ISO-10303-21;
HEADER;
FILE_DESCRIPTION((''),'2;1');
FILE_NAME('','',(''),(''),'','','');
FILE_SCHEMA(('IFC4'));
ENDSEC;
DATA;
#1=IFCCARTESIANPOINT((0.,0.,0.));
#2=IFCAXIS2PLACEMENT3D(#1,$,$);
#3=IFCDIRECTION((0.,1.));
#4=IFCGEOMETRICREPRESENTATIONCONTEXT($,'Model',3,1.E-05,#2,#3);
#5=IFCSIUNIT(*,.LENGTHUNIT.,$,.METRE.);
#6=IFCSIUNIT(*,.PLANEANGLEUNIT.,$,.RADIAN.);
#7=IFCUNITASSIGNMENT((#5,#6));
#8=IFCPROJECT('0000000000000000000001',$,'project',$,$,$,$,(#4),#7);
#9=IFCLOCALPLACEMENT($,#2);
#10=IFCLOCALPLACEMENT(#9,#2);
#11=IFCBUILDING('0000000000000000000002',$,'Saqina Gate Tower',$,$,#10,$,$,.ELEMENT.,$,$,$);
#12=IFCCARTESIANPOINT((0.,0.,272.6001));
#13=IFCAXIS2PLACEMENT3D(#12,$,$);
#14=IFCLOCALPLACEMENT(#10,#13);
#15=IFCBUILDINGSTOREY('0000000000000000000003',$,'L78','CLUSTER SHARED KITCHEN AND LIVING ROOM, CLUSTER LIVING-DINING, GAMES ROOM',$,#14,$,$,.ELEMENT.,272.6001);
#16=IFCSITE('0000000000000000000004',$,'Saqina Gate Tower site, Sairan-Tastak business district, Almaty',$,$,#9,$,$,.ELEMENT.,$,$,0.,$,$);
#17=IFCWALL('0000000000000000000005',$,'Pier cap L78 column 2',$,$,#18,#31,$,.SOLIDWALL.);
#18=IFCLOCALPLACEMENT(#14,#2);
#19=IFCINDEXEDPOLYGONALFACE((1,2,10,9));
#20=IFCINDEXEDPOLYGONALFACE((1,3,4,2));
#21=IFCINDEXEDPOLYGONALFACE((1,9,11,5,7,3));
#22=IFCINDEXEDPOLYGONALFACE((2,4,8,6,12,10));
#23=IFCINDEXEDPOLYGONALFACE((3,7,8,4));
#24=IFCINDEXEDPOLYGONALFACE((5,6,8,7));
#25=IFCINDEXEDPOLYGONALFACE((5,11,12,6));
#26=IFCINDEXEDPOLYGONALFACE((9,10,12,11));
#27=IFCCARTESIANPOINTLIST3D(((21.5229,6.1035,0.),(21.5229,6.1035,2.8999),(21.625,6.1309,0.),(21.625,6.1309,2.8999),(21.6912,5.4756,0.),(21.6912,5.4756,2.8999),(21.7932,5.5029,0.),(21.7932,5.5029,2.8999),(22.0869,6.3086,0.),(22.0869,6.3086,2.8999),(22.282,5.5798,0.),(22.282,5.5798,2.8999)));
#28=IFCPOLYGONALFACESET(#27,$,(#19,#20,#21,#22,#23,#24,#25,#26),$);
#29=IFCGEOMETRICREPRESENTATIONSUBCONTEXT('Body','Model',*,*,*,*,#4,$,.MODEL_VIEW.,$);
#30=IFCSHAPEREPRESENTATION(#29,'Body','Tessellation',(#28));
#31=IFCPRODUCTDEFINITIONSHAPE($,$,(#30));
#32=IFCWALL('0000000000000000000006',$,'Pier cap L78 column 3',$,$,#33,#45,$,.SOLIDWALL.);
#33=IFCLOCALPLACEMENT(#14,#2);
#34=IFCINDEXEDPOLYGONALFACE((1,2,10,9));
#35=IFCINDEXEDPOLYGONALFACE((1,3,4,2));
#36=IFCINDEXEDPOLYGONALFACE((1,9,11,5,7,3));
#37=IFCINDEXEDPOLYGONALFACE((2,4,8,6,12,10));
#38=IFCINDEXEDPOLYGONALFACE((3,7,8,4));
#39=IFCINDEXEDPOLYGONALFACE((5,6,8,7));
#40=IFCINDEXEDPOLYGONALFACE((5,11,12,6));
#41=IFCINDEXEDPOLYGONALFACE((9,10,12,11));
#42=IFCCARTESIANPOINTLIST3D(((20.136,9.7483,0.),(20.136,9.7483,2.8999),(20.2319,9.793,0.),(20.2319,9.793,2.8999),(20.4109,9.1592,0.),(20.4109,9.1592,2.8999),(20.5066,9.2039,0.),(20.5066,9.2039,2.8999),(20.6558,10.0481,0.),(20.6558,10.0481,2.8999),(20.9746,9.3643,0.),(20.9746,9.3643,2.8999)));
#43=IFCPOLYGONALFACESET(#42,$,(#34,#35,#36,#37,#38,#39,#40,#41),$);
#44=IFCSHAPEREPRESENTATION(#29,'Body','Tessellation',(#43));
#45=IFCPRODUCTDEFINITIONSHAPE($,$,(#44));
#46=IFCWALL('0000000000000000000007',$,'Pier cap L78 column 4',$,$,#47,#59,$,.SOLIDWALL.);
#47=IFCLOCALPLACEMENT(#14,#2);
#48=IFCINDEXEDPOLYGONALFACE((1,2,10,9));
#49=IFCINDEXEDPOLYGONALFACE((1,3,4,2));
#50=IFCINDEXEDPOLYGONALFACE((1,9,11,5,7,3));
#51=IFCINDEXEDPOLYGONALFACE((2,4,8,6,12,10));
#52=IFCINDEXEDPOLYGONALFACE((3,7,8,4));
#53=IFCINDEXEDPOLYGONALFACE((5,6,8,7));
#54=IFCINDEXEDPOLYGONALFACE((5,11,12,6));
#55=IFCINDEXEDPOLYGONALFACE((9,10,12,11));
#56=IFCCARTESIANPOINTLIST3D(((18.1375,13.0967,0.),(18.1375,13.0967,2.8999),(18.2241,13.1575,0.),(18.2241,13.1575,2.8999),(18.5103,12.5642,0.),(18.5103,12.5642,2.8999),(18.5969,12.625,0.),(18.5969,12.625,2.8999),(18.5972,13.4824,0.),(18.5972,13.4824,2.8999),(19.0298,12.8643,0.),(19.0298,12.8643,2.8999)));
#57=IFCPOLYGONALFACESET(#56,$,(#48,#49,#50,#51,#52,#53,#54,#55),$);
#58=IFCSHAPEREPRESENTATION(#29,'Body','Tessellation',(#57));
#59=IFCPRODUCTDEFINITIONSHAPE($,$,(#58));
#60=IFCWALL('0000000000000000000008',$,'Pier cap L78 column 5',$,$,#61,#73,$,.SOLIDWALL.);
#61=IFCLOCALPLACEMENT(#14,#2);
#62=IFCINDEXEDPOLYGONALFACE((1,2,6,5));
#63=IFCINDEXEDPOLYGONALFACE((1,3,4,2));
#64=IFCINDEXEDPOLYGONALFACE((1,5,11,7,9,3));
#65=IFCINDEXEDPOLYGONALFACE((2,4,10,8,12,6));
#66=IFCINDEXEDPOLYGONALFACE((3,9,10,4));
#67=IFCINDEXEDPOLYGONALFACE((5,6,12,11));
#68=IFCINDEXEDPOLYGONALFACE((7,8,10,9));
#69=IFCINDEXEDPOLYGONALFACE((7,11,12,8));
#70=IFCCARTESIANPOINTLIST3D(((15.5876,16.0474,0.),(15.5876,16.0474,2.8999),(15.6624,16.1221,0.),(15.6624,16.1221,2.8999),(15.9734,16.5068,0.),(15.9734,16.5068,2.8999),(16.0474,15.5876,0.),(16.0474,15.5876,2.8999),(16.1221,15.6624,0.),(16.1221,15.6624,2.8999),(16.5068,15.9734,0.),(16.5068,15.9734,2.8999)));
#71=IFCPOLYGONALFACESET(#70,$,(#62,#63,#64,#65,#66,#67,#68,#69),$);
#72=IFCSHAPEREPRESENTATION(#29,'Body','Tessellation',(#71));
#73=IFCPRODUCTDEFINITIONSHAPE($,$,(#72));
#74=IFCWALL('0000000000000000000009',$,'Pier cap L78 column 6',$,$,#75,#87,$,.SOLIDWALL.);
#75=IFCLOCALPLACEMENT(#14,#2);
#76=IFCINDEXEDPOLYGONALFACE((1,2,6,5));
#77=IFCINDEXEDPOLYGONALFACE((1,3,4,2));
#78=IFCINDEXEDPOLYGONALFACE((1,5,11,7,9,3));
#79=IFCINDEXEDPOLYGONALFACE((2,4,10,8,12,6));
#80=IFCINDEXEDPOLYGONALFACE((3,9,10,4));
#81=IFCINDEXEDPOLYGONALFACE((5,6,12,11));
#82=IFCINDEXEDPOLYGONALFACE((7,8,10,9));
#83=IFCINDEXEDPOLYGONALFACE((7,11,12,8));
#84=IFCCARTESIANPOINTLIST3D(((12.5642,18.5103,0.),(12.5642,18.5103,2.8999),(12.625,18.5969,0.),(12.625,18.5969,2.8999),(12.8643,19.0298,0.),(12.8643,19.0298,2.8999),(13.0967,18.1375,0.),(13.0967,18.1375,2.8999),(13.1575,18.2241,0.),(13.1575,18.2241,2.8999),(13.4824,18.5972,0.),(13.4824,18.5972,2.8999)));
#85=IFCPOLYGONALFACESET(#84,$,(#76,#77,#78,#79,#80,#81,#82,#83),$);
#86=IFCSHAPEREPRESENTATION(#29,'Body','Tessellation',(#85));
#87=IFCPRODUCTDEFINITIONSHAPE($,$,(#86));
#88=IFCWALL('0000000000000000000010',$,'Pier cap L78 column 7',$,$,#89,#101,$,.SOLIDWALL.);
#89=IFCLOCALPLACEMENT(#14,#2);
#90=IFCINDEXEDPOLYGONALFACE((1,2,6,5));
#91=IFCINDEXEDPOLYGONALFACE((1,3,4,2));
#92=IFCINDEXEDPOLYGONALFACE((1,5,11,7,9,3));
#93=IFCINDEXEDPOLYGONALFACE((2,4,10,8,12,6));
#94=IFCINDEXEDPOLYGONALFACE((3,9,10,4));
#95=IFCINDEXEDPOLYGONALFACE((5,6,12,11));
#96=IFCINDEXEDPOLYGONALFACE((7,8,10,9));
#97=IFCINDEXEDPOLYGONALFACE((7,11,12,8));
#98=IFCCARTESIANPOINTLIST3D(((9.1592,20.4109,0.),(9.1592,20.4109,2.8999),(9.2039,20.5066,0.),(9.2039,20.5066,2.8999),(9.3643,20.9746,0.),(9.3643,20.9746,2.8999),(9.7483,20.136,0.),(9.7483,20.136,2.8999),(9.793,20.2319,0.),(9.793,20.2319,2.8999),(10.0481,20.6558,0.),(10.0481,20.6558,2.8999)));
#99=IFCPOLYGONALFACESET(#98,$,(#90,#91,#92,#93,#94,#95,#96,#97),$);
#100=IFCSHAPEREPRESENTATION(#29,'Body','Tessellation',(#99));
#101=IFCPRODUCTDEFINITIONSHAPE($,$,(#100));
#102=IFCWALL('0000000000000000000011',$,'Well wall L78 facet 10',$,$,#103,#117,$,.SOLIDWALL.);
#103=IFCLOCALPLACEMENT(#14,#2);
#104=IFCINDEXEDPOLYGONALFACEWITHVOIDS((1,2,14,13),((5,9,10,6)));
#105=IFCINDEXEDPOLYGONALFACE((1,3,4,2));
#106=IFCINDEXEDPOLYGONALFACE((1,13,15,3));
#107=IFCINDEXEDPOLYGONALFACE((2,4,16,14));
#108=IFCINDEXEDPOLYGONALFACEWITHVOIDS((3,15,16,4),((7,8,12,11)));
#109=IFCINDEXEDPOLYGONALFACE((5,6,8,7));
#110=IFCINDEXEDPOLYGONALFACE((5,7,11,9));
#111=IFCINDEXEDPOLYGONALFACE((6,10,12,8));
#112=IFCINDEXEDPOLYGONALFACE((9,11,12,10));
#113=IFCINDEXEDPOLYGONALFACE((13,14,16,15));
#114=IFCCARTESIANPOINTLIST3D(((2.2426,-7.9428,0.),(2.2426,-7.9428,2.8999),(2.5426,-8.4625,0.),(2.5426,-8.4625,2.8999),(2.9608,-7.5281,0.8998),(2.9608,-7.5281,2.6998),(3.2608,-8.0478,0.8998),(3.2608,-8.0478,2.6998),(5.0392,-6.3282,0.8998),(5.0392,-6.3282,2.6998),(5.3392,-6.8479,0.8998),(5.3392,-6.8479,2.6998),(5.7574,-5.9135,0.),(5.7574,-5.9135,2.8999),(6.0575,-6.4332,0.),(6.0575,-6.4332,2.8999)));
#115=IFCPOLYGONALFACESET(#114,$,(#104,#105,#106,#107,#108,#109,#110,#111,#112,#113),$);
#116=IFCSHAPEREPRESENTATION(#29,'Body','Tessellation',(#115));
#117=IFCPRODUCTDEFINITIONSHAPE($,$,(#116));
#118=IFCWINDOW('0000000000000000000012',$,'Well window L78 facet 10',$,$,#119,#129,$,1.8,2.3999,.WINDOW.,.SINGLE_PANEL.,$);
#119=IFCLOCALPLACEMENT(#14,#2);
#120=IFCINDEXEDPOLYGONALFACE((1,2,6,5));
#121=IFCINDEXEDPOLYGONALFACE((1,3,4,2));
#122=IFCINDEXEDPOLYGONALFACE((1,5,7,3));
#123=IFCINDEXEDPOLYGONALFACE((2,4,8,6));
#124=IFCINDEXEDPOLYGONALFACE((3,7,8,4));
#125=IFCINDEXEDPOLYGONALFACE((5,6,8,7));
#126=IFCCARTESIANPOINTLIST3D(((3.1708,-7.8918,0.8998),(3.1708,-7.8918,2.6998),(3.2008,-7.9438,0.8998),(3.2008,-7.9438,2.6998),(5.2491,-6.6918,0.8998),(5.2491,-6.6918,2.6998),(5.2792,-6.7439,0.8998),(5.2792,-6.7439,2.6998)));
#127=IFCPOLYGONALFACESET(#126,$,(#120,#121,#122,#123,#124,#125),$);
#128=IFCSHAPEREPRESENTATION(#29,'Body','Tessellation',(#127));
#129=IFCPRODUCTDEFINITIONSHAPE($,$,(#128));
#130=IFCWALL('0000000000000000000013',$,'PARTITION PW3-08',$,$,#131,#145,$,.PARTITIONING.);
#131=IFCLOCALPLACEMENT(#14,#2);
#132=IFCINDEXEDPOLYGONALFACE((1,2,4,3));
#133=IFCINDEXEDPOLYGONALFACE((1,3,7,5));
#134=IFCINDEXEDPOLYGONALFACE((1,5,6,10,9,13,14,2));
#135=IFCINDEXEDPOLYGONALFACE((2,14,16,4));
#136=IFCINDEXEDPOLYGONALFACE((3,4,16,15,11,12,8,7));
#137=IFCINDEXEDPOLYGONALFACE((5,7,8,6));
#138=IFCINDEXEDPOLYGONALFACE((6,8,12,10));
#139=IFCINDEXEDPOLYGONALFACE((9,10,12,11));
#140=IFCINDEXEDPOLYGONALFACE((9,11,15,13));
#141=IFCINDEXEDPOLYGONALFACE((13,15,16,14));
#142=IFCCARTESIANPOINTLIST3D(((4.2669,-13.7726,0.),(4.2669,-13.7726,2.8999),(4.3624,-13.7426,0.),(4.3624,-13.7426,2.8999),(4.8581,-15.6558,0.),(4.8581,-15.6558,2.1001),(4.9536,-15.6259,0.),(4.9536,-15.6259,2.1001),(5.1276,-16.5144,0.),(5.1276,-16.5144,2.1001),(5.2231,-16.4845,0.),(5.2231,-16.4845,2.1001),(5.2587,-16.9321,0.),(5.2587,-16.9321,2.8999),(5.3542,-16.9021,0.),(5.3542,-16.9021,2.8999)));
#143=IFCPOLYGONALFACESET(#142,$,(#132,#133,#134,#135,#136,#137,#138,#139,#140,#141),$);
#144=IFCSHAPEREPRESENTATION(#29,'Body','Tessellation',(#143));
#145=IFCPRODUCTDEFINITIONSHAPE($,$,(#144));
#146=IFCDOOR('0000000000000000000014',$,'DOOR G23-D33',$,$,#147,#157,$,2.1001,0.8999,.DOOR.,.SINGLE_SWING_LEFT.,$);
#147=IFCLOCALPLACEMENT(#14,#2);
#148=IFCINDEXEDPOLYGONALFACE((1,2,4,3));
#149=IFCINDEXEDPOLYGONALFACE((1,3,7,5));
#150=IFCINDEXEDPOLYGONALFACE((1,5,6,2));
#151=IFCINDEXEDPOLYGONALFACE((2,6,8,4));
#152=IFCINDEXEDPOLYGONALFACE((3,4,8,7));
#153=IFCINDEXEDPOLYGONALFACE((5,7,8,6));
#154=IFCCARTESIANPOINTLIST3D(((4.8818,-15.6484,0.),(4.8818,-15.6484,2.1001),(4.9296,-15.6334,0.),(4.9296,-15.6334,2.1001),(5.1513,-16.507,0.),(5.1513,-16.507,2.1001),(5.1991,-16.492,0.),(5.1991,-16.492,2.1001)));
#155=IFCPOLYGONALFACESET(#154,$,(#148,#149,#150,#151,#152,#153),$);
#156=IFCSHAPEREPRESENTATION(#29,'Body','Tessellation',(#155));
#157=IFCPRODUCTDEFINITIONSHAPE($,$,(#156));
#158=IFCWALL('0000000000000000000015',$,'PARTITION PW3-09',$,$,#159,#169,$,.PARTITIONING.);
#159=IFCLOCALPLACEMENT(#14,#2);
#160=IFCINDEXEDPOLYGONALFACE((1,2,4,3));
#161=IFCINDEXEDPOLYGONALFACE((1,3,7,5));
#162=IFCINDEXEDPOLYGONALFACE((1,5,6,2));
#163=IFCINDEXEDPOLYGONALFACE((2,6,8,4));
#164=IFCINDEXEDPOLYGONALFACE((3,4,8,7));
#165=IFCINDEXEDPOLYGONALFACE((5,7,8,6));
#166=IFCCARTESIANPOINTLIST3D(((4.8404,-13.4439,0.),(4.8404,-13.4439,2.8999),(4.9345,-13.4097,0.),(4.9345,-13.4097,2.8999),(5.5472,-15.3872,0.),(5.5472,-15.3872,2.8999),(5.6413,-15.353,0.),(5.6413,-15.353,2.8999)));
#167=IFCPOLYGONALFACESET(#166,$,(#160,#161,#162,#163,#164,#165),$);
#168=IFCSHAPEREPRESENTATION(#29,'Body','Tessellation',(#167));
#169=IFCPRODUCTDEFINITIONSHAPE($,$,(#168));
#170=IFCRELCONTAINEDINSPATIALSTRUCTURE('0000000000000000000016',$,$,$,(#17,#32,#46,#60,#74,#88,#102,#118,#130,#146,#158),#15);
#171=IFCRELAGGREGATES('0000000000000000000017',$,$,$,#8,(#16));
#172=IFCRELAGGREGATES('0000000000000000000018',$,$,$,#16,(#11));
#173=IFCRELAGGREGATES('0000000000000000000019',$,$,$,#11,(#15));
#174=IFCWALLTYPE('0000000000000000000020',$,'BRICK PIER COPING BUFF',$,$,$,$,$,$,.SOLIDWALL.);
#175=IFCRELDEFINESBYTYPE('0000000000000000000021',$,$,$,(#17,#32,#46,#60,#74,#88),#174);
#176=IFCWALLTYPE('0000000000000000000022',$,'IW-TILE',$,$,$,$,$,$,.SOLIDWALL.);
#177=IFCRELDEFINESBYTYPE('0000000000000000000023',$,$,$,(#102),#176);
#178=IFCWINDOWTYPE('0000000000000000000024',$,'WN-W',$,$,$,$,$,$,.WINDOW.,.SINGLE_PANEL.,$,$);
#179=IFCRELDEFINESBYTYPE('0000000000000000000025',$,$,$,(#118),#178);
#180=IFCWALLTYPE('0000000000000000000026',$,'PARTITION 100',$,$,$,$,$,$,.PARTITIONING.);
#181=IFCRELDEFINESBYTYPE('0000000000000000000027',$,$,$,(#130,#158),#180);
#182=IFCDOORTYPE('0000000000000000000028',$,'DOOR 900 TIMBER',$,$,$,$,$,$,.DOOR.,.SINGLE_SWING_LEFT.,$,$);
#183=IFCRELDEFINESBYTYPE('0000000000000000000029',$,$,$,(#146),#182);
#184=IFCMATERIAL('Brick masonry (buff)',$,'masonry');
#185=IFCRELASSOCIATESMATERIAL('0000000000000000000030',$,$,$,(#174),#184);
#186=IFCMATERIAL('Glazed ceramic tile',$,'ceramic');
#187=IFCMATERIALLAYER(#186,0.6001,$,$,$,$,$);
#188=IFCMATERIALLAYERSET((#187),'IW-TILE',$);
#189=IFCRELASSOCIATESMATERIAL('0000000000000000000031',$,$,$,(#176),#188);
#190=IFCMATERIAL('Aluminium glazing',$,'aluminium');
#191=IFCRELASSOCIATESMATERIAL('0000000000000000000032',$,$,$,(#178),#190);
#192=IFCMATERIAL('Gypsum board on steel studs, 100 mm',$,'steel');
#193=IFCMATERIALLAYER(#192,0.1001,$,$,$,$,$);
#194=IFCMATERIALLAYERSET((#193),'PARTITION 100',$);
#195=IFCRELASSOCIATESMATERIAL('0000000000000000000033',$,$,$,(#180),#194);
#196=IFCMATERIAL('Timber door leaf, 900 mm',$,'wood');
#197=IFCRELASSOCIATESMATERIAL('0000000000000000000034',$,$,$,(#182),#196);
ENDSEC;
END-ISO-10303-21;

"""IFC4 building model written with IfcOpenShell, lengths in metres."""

from ifc_helpers import new_model, si_unit, direction, frame, frame_2d, origin, place, context, subcontext, project, spatial, polyline, rectangle, outline, extrude, material, layer, layer_set, type_object, element, fill, save


model = new_model("IFC4")

# Units and contexts
model_context = context("Model", 3, precision=1e-05, world=origin(), true_north=direction((0.0, 1.0)))
body_context = subcontext(model_context, "Body", "Model", "MODEL_VIEW")
ifc_project = project(units=[si_unit("LENGTHUNIT", "METRE"), si_unit("PLANEANGLEUNIT", "RADIAN")], contexts=[model_context])

# Site, building, storey
site_placement = place(None, origin())
site = spatial("IfcSite", under=ifc_project, at=site_placement, Name="Saqina Gate Tower site, Sairan-Tastak business district, Almaty", CompositionType="ELEMENT", RefElevation=0.0)
building_placement = place(site_placement, origin())
building = spatial("IfcBuilding", under=site, at=building_placement, Name="Saqina Gate Tower", CompositionType="ELEMENT")
storey_placement = place(building_placement, frame((0.0, 0.0, 272.6001)))
storey = spatial("IfcBuildingStorey", under=building, at=storey_placement, Name="L78", Description="CLUSTER SHARED KITCHEN AND LIVING ROOM, CLUSTER LIVING-DINING, GAMES ROOM", CompositionType="ELEMENT", Elevation=272.6001)

# Walls
ifc_material_1 = material(Name="Brick masonry (buff)", Category="masonry")
wall_type_1 = type_object("IfcWallType", Name="BRICK PIER COPING BUFF", PredefinedType="SOLIDWALL", material=ifc_material_1)
wall_1_placement = place(storey_placement, origin())
element("IfcWall", 1, at=wall_1_placement, inside=storey, type_object=wall_type_1, Name="Pier cap L78 column 2", PredefinedType="SOLIDWALL", context=body_context, shape_type="SweptSolid", body=[
    extrude(outline(polyline([(22.0869, 6.3086), (21.5229, 6.1035), (21.625, 6.1309), (21.7932, 5.5029), (21.6912, 5.4756), (22.282, 5.5798), (22.0869, 6.3086)])), origin(), (0.0, 0.0, 1.0), 2.8999),
])
wall_2_placement = place(storey_placement, origin())
element("IfcWall", 2, at=wall_2_placement, inside=storey, type_object=wall_type_1, Name="Pier cap L78 column 3", PredefinedType="SOLIDWALL", context=body_context, shape_type="SweptSolid", body=[
    extrude(outline(polyline([(20.9746, 9.3643), (20.6558, 10.0481), (20.136, 9.7483), (20.2319, 9.793), (20.5066, 9.2039), (20.4109, 9.1592), (20.9746, 9.3643)])), origin(), (0.0, 0.0, 1.0), 2.8999),
])
wall_3_placement = place(storey_placement, origin())
element("IfcWall", 3, at=wall_3_placement, inside=storey, type_object=wall_type_1, Name="Pier cap L78 column 4", PredefinedType="SOLIDWALL", context=body_context, shape_type="SweptSolid", body=[
    extrude(outline(polyline([(19.0298, 12.8643), (18.5972, 13.4824), (18.1375, 13.0967), (18.2241, 13.1575), (18.5969, 12.625), (18.5103, 12.5642), (19.0298, 12.8643)])), origin(), (0.0, 0.0, 1.0), 2.8999),
])
wall_4_placement = place(storey_placement, origin())
element("IfcWall", 4, at=wall_4_placement, inside=storey, type_object=wall_type_1, Name="Pier cap L78 column 5", PredefinedType="SOLIDWALL", context=body_context, shape_type="SweptSolid", body=[
    extrude(outline(polyline([(15.9734, 16.5068), (15.5876, 16.0474), (15.6624, 16.1221), (16.1221, 15.6624), (16.0474, 15.5876), (16.5068, 15.9734), (15.9734, 16.5068)])), origin(), (0.0, 0.0, 1.0), 2.8999),
])
wall_5_placement = place(storey_placement, origin())
element("IfcWall", 5, at=wall_5_placement, inside=storey, type_object=wall_type_1, Name="Pier cap L78 column 6", PredefinedType="SOLIDWALL", context=body_context, shape_type="SweptSolid", body=[
    extrude(outline(polyline([(12.8643, 19.0298), (12.5642, 18.5103), (12.625, 18.5969), (13.1575, 18.2241), (13.0967, 18.1375), (13.4824, 18.5972), (12.8643, 19.0298)])), origin(), (0.0, 0.0, 1.0), 2.8999),
])
wall_6_placement = place(storey_placement, origin())
element("IfcWall", 6, at=wall_6_placement, inside=storey, type_object=wall_type_1, Name="Pier cap L78 column 7", PredefinedType="SOLIDWALL", context=body_context, shape_type="SweptSolid", body=[
    extrude(outline(polyline([(10.0481, 20.6558), (9.3643, 20.9746), (9.1592, 20.4109), (9.2039, 20.5066), (9.793, 20.2319), (9.7483, 20.136), (10.0481, 20.6558)])), origin(), (0.0, 0.0, 1.0), 2.8999),
])

# Wall, opening, window
ifc_material_2 = material(Name="Glazed ceramic tile", Category="ceramic")
ifc_layer_1 = layer(ifc_material_2, 0.6001)
ifc_layer_set_1 = layer_set([ifc_layer_1], Name="IW-TILE")
wall_type_2 = type_object("IfcWallType", Name="IW-TILE", PredefinedType="SOLIDWALL", material=ifc_layer_set_1)
wall_7_placement = place(storey_placement, frame((2.3926, -8.2026, 0.0), z_axis=(0.0, 0.0, 1.0), x_axis=(0.866028, 0.499995, 0.0)))
wall_7 = element("IfcWall", 7, at=wall_7_placement, inside=storey, type_object=wall_type_2, Name="Well wall L78 facet 10", PredefinedType="SOLIDWALL", context=body_context, shape_type="SweptSolid", body=[
    extrude(rectangle(XDim=4.0586, YDim=0.6001, at=frame_2d((2.0293, 0.0))), origin(), (0.0, 0.0, 1.0), 2.8999),
])
opening_1_placement = place(wall_7_placement, frame((0.8293, 0.0, 0.8999)))
opening_1 = element("IfcOpeningElement", 8, at=opening_1_placement, cuts=wall_7, PredefinedType="OPENING", context=body_context, shape_type="SweptSolid", body=[
    extrude(rectangle(XDim=2.3999, YDim=1.8, at=frame_2d((1.2, 0.8999))), frame((0.0, 0.312, 0.0), z_axis=(0.0, -1.0, 0.0), x_axis=(1.0, 0.0, 0.0)), (0.0, 0.0, 1.0), 0.624),
])
ifc_material_3 = material(Name="Aluminium glazing", Category="aluminium")
window_type = type_object("IfcWindowType", Name="WN-W", PartitioningType="SINGLE_PANEL", PredefinedType="WINDOW", material=ifc_material_3)
window_placement = place(opening_1_placement, origin())
window = element("IfcWindow", 9, at=window_placement, inside=storey, type_object=window_type, Name="Well window L78 facet 10", OverallHeight=1.8, OverallWidth=2.3999, PartitioningType="SINGLE_PANEL", PredefinedType="WINDOW", context=body_context, shape_type="SweptSolid", body=[
    extrude(rectangle(XDim=2.3999, YDim=1.8, at=frame_2d((1.2, 0.8999))), frame((0.0, -0.1199, 0.0), z_axis=(0.0, -1.0, 0.0), x_axis=(1.0, 0.0, 0.0)), (0.0, 0.0, 1.0), 0.0601),
])
fill(opening_1, window)

# Wall, opening, door
ifc_material_4 = material(Name="Gypsum board on steel studs, 100 mm", Category="steel")
ifc_layer_2 = layer(ifc_material_4, 0.1001)
ifc_layer_set_2 = layer_set([ifc_layer_2], Name="PARTITION 100")
wall_type_3 = type_object("IfcWallType", Name="PARTITION 100", PredefinedType="PARTITIONING", material=ifc_layer_set_2)
wall_8_placement = place(storey_placement, frame((4.3147, -13.7576, 0.0), z_axis=(0.0, 0.0, 1.0), x_axis=(0.29948, -0.954103, 0.0)))
wall_8 = element("IfcWall", 10, at=wall_8_placement, inside=storey, type_object=wall_type_3, Name="PARTITION PW3-08", PredefinedType="PARTITIONING", context=body_context, shape_type="SweptSolid", body=[
    extrude(rectangle(XDim=3.3115, YDim=0.1001, at=frame_2d((1.6558, 0.0))), origin(), (0.0, 0.0, 1.0), 2.8999),
])
opening_2_placement = place(wall_8_placement, frame((1.9739, 0.0, 0.0)))
opening_2 = element("IfcOpeningElement", 11, at=opening_2_placement, cuts=wall_8, PredefinedType="OPENING", context=body_context, shape_type="SweptSolid", body=[
    extrude(rectangle(XDim=0.8999, YDim=2.1001, at=frame_2d((0.45, 1.05))), frame((0.0, 0.062, 0.0), z_axis=(0.0, -1.0, 0.0), x_axis=(1.0, 0.0, 0.0)), (0.0, 0.0, 1.0), 0.124),
])
ifc_material_5 = material(Name="Timber door leaf, 900 mm", Category="wood")
door_type_1 = type_object("IfcDoorType", Name="DOOR 900 TIMBER", OperationType="SINGLE_SWING_LEFT", PredefinedType="DOOR", material=ifc_material_5)
door_1_placement = place(opening_2_placement, origin())
door_1 = element("IfcDoor", 12, at=door_1_placement, inside=storey, type_object=door_type_1, Name="DOOR G23-D33", OperationType="SINGLE_SWING_LEFT", OverallHeight=2.1001, OverallWidth=0.8999, PredefinedType="DOOR", context=body_context, shape_type="SweptSolid", body=[
    extrude(rectangle(XDim=0.8999, YDim=2.1001, at=frame_2d((0.45, 1.05))), frame((0.0, 0.0249, 0.0), z_axis=(0.0, -1.0, 0.0), x_axis=(1.0, 0.0, 0.0)), (0.0, 0.0, 1.0), 0.05),
])
fill(opening_2, door_1)

# Wall
wall_9_placement = place(storey_placement, frame((4.8875, -13.4268, 0.0), z_axis=(0.0, 0.0, 1.0), x_axis=(0.34179, -0.939776, 0.0)))
element("IfcWall", 13, at=wall_9_placement, inside=storey, type_object=wall_type_3, Name="PARTITION PW3-09", PredefinedType="PARTITIONING", context=body_context, shape_type="SweptSolid", body=[
    extrude(rectangle(XDim=2.0679, YDim=0.1001, at=frame_2d((1.0339, 0.0))), origin(), (0.0, 0.0, 1.0), 2.8999),
])

save(model, "model.ifc")
